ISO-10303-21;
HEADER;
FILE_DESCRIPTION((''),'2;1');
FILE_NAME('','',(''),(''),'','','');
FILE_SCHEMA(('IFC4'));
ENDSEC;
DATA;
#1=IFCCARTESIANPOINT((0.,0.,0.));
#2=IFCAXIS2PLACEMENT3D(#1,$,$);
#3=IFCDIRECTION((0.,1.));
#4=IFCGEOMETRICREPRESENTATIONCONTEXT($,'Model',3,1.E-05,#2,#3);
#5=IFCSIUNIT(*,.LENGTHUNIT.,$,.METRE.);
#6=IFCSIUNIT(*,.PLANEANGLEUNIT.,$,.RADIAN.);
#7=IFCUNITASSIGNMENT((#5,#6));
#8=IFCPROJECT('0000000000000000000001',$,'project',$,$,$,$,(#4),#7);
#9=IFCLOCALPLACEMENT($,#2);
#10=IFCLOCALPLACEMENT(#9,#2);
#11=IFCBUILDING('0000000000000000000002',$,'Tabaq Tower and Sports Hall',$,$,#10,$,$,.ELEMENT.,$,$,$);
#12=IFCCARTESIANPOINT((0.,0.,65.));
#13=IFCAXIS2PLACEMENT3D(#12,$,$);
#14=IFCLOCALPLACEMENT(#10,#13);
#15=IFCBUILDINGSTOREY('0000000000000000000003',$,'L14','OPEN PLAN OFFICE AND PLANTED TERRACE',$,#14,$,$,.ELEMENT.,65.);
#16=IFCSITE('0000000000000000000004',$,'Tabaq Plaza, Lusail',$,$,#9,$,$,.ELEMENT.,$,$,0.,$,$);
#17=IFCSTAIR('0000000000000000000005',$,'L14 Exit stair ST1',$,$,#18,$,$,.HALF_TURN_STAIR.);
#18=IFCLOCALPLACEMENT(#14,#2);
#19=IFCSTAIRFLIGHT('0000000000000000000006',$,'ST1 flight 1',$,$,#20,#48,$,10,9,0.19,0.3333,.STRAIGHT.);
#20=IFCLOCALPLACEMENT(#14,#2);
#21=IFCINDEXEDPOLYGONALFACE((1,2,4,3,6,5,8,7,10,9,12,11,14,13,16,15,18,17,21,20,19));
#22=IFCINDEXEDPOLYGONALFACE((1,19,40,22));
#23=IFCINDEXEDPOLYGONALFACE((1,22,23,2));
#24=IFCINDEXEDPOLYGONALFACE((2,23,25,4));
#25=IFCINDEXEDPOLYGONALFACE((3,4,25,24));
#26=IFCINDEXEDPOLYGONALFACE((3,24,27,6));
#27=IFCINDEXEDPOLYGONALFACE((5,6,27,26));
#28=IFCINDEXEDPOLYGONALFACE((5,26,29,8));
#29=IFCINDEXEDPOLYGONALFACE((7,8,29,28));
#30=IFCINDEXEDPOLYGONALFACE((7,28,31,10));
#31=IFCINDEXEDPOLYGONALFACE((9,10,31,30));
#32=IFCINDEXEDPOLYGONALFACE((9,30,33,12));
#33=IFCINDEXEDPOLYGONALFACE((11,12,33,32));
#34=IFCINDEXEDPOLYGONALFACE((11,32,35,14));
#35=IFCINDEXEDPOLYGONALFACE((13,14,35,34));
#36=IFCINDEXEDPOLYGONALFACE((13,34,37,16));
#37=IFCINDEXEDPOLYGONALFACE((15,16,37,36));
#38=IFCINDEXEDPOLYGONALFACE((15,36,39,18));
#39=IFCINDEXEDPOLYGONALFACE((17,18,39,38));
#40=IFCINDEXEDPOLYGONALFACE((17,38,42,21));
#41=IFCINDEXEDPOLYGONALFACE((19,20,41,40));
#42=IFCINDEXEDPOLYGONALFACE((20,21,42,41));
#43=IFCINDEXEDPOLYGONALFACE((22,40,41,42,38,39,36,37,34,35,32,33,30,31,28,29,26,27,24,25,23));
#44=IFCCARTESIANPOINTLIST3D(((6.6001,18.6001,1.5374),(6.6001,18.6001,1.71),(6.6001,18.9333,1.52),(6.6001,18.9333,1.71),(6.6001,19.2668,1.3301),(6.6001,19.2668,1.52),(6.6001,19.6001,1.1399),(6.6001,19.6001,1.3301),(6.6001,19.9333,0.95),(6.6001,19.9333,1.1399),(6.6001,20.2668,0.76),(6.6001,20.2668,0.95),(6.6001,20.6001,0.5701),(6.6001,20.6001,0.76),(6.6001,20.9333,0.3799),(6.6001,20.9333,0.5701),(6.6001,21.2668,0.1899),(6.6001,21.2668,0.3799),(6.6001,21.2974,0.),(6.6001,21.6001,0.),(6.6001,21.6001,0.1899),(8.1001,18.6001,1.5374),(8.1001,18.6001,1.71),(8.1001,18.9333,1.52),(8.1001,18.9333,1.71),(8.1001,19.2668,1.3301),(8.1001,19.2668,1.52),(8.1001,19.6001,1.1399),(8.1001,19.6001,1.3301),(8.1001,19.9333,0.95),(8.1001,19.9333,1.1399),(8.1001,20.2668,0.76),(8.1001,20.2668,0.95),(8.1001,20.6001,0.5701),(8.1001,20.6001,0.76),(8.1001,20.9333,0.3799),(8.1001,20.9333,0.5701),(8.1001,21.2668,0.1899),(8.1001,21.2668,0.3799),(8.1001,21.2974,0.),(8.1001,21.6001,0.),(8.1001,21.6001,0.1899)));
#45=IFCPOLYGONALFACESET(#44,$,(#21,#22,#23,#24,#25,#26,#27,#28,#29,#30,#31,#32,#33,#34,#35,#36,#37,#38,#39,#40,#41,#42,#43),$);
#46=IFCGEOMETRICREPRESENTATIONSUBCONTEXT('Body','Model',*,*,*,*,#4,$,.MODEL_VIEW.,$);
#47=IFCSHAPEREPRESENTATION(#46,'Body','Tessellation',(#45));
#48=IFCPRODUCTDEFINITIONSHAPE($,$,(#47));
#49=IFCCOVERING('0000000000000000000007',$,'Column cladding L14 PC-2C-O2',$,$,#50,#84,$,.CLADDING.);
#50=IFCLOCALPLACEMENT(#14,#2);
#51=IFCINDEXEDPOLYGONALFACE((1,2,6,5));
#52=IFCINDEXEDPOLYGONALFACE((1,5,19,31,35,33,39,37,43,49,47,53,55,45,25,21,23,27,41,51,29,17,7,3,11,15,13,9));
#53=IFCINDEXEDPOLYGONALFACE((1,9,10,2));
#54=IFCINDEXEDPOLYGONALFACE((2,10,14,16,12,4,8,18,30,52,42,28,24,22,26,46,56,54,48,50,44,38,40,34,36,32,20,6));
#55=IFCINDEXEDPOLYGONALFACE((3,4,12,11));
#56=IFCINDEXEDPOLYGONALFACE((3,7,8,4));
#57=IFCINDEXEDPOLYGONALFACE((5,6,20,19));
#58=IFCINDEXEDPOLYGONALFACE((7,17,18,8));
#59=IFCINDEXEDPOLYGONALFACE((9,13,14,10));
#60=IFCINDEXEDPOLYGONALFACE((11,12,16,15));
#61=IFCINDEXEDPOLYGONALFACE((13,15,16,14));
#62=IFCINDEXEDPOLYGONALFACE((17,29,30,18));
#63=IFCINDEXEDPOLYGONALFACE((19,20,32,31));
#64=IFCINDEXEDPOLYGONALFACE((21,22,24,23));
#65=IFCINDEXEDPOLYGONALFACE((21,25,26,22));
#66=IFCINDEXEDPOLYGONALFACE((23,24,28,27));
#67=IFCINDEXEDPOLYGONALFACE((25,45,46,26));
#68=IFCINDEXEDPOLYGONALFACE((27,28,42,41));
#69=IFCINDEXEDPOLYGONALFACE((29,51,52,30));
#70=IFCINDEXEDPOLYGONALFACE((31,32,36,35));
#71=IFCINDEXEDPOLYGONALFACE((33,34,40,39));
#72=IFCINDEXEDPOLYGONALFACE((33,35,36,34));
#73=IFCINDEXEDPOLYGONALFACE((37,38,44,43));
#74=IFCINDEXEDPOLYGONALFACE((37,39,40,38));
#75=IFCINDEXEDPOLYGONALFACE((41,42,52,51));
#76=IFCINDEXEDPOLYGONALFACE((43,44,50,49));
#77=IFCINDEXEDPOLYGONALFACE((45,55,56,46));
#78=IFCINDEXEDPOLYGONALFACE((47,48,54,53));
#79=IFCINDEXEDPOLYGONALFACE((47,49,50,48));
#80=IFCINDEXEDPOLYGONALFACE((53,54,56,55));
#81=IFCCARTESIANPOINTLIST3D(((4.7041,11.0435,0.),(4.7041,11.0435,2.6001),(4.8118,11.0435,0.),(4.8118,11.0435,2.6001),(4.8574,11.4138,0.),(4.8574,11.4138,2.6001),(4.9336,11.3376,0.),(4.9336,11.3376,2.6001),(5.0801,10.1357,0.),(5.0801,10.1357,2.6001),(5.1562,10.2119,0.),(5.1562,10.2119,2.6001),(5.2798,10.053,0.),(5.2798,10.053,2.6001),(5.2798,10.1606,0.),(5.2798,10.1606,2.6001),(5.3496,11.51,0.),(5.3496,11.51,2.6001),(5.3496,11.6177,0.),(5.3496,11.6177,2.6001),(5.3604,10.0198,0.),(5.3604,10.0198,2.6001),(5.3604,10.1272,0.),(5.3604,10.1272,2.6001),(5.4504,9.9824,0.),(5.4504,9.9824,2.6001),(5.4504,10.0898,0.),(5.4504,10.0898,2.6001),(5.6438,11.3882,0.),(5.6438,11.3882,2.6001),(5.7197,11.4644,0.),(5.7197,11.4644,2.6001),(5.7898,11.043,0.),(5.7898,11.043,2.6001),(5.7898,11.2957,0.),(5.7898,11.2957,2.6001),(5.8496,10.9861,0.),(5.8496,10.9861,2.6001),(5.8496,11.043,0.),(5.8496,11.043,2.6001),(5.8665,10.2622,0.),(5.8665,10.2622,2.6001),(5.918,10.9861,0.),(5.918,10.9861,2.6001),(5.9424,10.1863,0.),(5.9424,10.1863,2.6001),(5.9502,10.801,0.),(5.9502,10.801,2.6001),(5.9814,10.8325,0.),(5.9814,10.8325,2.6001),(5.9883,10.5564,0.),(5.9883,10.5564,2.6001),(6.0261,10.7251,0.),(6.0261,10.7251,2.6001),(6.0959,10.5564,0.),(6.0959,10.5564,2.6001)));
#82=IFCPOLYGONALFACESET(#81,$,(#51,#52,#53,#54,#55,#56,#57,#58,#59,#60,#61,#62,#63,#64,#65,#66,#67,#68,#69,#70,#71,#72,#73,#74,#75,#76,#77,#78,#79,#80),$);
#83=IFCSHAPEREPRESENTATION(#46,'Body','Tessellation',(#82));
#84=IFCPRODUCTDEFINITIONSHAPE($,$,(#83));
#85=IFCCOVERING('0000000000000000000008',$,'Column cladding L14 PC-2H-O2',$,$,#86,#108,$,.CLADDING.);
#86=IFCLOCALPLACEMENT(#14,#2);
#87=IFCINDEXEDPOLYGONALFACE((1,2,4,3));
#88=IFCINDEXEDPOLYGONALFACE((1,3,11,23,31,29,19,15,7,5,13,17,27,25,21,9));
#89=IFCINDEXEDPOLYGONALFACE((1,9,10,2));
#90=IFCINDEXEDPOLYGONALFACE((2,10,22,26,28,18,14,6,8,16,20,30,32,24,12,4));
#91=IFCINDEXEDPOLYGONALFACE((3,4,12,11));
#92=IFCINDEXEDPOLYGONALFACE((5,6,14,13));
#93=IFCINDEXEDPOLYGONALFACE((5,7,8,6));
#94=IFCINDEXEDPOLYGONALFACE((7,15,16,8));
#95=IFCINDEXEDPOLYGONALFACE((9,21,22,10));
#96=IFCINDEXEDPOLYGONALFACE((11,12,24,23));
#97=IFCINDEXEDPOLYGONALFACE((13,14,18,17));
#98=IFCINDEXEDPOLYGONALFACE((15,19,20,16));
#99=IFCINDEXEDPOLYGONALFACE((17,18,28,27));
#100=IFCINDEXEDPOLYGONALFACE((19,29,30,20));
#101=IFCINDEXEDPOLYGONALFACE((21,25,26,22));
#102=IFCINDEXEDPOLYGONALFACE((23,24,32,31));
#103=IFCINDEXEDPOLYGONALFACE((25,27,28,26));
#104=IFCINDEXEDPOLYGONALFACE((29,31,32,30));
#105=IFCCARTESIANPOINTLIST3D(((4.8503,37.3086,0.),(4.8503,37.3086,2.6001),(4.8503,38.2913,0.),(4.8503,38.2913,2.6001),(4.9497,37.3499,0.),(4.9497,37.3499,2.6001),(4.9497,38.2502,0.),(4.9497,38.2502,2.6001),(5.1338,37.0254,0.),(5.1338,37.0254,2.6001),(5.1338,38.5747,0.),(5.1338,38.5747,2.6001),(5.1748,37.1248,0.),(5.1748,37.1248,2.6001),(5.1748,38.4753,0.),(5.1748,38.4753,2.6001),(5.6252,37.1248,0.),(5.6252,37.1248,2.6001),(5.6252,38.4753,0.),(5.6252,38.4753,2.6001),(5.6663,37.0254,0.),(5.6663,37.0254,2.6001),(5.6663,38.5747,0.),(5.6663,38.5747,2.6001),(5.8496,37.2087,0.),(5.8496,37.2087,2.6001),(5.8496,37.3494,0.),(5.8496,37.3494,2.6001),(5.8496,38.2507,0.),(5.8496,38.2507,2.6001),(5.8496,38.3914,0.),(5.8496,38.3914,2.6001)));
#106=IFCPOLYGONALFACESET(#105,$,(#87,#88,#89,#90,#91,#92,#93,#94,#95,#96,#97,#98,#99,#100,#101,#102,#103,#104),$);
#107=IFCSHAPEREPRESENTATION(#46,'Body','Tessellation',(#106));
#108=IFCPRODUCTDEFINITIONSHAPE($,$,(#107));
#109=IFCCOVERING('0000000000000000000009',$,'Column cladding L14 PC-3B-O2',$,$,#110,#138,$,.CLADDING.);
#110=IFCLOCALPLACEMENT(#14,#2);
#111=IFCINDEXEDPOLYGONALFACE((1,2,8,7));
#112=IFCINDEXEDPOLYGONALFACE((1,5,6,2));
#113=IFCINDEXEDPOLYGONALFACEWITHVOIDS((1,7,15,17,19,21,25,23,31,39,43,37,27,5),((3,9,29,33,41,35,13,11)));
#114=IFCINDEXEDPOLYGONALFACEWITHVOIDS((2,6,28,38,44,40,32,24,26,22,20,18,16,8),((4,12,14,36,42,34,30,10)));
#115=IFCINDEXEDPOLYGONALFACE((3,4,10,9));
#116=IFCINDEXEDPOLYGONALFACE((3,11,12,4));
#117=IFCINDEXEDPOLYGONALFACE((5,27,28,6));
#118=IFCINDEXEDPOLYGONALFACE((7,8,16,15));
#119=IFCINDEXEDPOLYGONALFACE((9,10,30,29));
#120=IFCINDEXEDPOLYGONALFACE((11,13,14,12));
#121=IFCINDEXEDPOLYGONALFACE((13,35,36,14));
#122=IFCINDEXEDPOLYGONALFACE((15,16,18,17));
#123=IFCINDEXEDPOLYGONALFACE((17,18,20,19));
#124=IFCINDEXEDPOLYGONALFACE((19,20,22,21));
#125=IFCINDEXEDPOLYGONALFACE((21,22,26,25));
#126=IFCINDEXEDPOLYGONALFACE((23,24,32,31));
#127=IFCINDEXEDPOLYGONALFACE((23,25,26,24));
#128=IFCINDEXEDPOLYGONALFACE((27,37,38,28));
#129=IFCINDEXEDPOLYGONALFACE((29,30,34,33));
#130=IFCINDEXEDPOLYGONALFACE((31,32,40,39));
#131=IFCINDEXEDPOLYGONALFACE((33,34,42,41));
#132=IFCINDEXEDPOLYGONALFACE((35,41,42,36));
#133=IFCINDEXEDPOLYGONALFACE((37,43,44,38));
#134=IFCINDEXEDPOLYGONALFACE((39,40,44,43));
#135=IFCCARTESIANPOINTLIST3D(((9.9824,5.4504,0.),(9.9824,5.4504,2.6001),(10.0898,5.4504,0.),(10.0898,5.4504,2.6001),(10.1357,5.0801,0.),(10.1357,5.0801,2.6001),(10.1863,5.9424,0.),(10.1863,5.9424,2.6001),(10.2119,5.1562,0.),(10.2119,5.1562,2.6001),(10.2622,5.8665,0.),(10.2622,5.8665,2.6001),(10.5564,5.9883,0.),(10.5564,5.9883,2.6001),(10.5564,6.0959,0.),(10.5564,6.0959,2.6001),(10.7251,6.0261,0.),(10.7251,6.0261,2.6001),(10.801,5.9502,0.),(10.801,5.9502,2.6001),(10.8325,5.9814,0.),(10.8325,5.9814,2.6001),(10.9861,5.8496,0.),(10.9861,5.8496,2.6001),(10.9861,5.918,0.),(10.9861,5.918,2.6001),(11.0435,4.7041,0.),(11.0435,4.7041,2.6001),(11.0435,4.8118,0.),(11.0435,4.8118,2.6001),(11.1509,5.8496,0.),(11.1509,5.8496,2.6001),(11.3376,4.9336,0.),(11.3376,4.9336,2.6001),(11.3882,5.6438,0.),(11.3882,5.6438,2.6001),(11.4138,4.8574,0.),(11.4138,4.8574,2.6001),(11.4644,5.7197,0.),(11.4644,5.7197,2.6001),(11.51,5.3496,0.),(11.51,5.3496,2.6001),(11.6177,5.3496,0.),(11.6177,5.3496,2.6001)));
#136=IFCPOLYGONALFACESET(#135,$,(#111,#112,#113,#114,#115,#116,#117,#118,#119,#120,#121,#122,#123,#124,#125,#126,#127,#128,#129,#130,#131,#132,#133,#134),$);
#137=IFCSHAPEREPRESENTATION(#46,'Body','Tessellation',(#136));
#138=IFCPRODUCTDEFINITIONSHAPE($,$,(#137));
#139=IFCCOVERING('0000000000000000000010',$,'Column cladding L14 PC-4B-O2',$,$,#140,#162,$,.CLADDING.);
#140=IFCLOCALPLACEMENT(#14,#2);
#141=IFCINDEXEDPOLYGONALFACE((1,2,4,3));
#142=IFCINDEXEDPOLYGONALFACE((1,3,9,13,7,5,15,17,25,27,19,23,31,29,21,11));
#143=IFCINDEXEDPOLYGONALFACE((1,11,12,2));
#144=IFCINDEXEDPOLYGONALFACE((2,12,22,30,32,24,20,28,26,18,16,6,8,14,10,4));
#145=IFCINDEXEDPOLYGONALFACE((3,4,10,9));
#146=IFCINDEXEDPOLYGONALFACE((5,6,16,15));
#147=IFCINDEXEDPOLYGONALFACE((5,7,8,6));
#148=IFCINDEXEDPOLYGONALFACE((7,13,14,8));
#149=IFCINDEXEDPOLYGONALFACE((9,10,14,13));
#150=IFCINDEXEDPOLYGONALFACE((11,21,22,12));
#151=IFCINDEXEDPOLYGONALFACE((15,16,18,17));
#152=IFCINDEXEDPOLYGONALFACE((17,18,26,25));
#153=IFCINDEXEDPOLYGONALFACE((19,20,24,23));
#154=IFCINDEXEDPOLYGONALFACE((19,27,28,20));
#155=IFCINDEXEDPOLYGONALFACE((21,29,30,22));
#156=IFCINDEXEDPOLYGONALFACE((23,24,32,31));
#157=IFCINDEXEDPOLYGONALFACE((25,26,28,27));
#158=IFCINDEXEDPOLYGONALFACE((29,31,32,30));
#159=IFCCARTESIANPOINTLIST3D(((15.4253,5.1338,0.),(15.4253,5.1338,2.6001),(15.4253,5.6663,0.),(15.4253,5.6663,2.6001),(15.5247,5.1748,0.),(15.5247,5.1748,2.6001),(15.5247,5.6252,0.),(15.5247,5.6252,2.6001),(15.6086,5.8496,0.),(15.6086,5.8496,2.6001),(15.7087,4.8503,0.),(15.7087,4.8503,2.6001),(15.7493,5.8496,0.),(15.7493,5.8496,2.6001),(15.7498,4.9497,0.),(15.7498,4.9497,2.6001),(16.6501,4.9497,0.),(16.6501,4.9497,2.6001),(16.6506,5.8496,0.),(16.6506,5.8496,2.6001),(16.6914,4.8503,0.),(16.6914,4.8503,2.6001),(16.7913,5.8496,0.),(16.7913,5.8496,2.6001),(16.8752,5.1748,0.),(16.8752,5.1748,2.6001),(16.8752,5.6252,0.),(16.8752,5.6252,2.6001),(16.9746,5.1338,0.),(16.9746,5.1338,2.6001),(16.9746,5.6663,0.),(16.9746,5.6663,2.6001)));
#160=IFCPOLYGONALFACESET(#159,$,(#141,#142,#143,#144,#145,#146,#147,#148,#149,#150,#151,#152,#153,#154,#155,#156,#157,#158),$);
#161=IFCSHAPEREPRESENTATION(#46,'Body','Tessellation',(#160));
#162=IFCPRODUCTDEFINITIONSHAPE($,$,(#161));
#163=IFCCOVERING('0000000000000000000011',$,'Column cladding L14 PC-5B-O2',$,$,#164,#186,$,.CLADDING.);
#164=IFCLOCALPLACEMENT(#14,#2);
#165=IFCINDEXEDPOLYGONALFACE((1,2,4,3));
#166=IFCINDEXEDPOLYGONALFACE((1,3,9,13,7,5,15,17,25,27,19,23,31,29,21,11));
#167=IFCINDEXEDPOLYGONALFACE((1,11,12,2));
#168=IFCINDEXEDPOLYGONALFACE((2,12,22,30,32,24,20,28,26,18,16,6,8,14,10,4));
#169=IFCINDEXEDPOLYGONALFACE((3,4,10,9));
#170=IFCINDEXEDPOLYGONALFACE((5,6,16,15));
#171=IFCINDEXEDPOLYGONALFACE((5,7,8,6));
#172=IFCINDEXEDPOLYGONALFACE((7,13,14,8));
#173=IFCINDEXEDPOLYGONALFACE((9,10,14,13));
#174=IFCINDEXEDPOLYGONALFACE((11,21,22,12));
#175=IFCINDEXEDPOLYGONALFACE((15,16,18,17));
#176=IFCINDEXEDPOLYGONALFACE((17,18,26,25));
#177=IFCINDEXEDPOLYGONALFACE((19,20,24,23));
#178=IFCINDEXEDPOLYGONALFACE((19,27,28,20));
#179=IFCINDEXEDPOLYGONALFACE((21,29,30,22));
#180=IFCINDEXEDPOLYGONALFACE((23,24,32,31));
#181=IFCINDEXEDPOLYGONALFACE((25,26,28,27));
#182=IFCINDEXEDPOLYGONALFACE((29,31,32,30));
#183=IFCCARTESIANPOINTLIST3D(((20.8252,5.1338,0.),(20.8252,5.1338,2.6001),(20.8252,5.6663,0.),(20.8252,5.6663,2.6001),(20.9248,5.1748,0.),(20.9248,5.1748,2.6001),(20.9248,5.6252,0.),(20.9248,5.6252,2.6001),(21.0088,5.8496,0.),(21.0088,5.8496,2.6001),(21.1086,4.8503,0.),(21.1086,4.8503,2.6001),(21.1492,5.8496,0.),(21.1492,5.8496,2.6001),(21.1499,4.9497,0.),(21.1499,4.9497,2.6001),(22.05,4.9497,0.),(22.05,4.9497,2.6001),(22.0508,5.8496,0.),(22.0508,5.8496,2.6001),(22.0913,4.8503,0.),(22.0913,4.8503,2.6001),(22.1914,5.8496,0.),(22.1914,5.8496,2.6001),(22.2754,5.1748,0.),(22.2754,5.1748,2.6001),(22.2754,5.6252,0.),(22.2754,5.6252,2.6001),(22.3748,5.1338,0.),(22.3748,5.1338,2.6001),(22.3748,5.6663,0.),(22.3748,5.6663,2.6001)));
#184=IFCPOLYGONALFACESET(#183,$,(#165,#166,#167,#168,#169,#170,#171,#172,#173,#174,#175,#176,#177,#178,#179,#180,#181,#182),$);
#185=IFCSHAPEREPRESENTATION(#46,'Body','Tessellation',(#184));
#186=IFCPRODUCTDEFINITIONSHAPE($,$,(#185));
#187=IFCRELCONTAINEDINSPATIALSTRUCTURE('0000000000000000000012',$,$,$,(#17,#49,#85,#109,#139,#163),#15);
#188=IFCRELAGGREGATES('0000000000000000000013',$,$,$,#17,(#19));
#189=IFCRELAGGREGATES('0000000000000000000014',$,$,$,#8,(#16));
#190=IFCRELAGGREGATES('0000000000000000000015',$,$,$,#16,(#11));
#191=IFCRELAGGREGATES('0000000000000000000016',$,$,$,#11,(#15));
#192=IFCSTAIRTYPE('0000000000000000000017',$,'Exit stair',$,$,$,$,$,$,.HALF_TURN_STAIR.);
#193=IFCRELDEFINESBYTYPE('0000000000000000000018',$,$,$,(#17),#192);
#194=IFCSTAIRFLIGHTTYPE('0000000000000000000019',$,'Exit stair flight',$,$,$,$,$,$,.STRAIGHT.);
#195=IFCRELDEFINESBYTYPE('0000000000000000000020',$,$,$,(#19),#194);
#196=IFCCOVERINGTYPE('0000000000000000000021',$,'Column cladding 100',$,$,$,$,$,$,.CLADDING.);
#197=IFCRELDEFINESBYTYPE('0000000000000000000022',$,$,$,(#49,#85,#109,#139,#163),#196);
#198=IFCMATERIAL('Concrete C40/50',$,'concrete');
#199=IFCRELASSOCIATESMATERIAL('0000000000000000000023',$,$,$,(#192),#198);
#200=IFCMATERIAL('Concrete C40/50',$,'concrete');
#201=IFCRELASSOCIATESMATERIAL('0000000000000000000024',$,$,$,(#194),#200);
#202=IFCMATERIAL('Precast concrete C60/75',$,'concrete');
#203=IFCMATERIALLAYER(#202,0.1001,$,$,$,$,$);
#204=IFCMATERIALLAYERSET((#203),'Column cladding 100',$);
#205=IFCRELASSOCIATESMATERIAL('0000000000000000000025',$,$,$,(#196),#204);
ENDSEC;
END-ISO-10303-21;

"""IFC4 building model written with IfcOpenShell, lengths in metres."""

from ifc_helpers import new_model, si_unit, direction, frame, origin, place, context, subcontext, project, spatial, polyline, outline, extrude, material, layer, layer_set, type_object, element, aggregate, save


model = new_model("IFC4")

# Units and contexts
model_context = context("Model", 3, precision=1e-05, world=origin(), true_north=direction((0.0, 1.0)))
body_context = subcontext(model_context, "Body", "Model", "MODEL_VIEW")
ifc_project = project(units=[si_unit("LENGTHUNIT", "METRE"), si_unit("PLANEANGLEUNIT", "RADIAN")], contexts=[model_context])

# Site, building, storey
site_placement = place(None, origin())
site = spatial("IfcSite", under=ifc_project, at=site_placement, Name="Tabaq Plaza, Lusail", CompositionType="ELEMENT", RefElevation=0.0)
building_placement = place(site_placement, origin())
building = spatial("IfcBuilding", under=site, at=building_placement, Name="Tabaq Tower and Sports Hall", CompositionType="ELEMENT")
storey_placement = place(building_placement, frame((0.0, 0.0, 65.0)))
storey = spatial("IfcBuildingStorey", under=building, at=storey_placement, Name="L14", Description="OPEN PLAN OFFICE AND PLANTED TERRACE", CompositionType="ELEMENT", Elevation=65.0)

# Stair, stair flight
ifc_material_1 = material(Name="Concrete C40/50", Category="concrete")
stair_type = type_object("IfcStairType", Name="Exit stair", PredefinedType="HALF_TURN_STAIR", material=ifc_material_1)
stair_placement = place(storey_placement, origin())
stair = element("IfcStair", 1, at=stair_placement, inside=storey, type_object=stair_type, Name="L14 Exit stair ST1", PredefinedType="HALF_TURN_STAIR")
ifc_material_2 = material(Name="Concrete C40/50", Category="concrete")
stair_flight_type = type_object("IfcStairFlightType", Name="Exit stair flight", PredefinedType="STRAIGHT", material=ifc_material_2)
stair_flight_placement = place(storey_placement, frame((7.3501, 21.6001, 0.0), z_axis=(0.0, 0.0, 1.0), x_axis=(0.0, -1.0, 0.0)))
stair_flight = element("IfcStairFlight", 2, at=stair_flight_placement, type_object=stair_flight_type, Name="ST1 flight 1", NumberOfRisers=10, NumberOfTreads=9, PredefinedType="STRAIGHT", RiserHeight=0.19, TreadLength=0.3333, context=body_context, shape_type="SweptSolid", body=[
    extrude(outline(polyline([(0.0, 0.0), (0.0, 0.1899), (0.3333, 0.1899), (0.3333, 0.3799), (0.6667, 0.3799), (0.6667, 0.5701), (1.0, 0.5701), (1.0, 0.76), (1.3333, 0.76), (1.3333, 0.95), (1.6667, 0.95), (1.6667, 1.1399), (2.0, 1.1399), (2.0, 1.3301), (2.3333, 1.3301), (2.3333, 1.52), (2.6667, 1.52), (2.6667, 1.71), (3.0, 1.71), (3.0, 1.8999), (3.0, 1.5374), (0.3027, 0.0), (0.0, 0.0)])), frame((0.0, 0.75, 0.0), z_axis=(0.0, -1.0, 0.0), x_axis=(1.0, 0.0, 0.0)), (0.0, 0.0, 1.0), 1.5),
])
aggregate(stair, [stair_flight])

# Coverings
ifc_material_3 = material(Name="Precast concrete C60/75", Category="concrete")
ifc_layer_1 = layer(ifc_material_3, 0.1001)
ifc_layer_set_1 = layer_set([ifc_layer_1], Name="Column cladding 100")
covering_type_1 = type_object("IfcCoveringType", Name="Column cladding 100", PredefinedType="CLADDING", material=ifc_layer_set_1)
covering_1_placement = place(storey_placement, origin())
element("IfcCovering", 3, at=covering_1_placement, inside=storey, type_object=covering_type_1, Name="Column cladding L14 PC-2C-O2", PredefinedType="CLADDING", context=body_context, shape_type="SweptSolid", body=[
    extrude(outline(polyline([(5.4504, 9.9824), (5.3604, 10.0198), (5.3604, 10.1272), (5.4504, 10.0898), (5.8665, 10.2622), (5.9883, 10.5564), (5.6438, 11.3882), (5.3496, 11.51), (4.9336, 11.3376), (4.8118, 11.0435), (5.1562, 10.2119), (5.2798, 10.1606), (5.2798, 10.053), (5.0801, 10.1357), (4.7041, 11.0435), (4.8574, 11.4138), (5.3496, 11.6177), (5.7197, 11.4644), (5.7898, 11.2957), (5.7898, 11.043), (5.8496, 11.043), (5.8496, 10.9861), (5.918, 10.9861), (5.9814, 10.8325), (5.9502, 10.801), (6.0261, 10.7251), (6.0959, 10.5564), (5.9424, 10.1863), (5.4504, 9.9824)])), origin(), (0.0, 0.0, 1.0), 2.6001),
])
covering_2_placement = place(storey_placement, origin())
element("IfcCovering", 4, at=covering_2_placement, inside=storey, type_object=covering_type_1, Name="Column cladding L14 PC-2H-O2", PredefinedType="CLADDING", context=body_context, shape_type="SweptSolid", body=[
    extrude(outline(polyline([(5.1338, 37.0254), (4.8503, 37.3086), (4.8503, 38.2913), (5.1338, 38.5747), (5.6663, 38.5747), (5.8496, 38.3914), (5.8496, 38.2507), (5.6252, 38.4753), (5.1748, 38.4753), (4.9497, 38.2502), (4.9497, 37.3499), (5.1748, 37.1248), (5.6252, 37.1248), (5.8496, 37.3494), (5.8496, 37.2087), (5.6663, 37.0254), (5.1338, 37.0254)])), origin(), (0.0, 0.0, 1.0), 2.6001),
])
covering_3_placement = place(storey_placement, origin())
element("IfcCovering", 5, at=covering_3_placement, inside=storey, type_object=covering_type_1, Name="Column cladding L14 PC-3B-O2", PredefinedType="CLADDING", context=body_context, shape_type="SweptSolid", body=[
    extrude(outline(polyline([(11.4138, 4.8574), (11.0435, 4.7041), (10.1357, 5.0801), (9.9824, 5.4504), (10.1863, 5.9424), (10.5564, 6.0959), (10.7251, 6.0261), (10.801, 5.9502), (10.8325, 5.9814), (10.9861, 5.918), (10.9861, 5.8496), (11.1509, 5.8496), (11.4644, 5.7197), (11.6177, 5.3496), (11.4138, 4.8574)]), holes=[polyline([(10.2622, 5.8665), (10.0898, 5.4504), (10.2119, 5.1562), (11.0435, 4.8118), (11.3376, 4.9336), (11.51, 5.3496), (11.3882, 5.6438), (10.5564, 5.9883), (10.2622, 5.8665)])]), origin(), (0.0, 0.0, 1.0), 2.6001),
])
covering_4_placement = place(storey_placement, origin())
element("IfcCovering", 6, at=covering_4_placement, inside=storey, type_object=covering_type_1, Name="Column cladding L14 PC-4B-O2", PredefinedType="CLADDING", context=body_context, shape_type="SweptSolid", body=[
    extrude(outline(polyline([(15.4253, 5.6663), (15.6086, 5.8496), (15.7493, 5.8496), (15.5247, 5.6252), (15.5247, 5.1748), (15.7498, 4.9497), (16.6501, 4.9497), (16.8752, 5.1748), (16.8752, 5.6252), (16.6506, 5.8496), (16.7913, 5.8496), (16.9746, 5.6663), (16.9746, 5.1338), (16.6914, 4.8503), (15.7087, 4.8503), (15.4253, 5.1338), (15.4253, 5.6663)])), origin(), (0.0, 0.0, 1.0), 2.6001),
])
covering_5_placement = place(storey_placement, origin())
element("IfcCovering", 7, at=covering_5_placement, inside=storey, type_object=covering_type_1, Name="Column cladding L14 PC-5B-O2", PredefinedType="CLADDING", context=body_context, shape_type="SweptSolid", body=[
    extrude(outline(polyline([(20.8252, 5.6663), (21.0088, 5.8496), (21.1492, 5.8496), (20.9248, 5.6252), (20.9248, 5.1748), (21.1499, 4.9497), (22.05, 4.9497), (22.2754, 5.1748), (22.2754, 5.6252), (22.0508, 5.8496), (22.1914, 5.8496), (22.3748, 5.6663), (22.3748, 5.1338), (22.0913, 4.8503), (21.1086, 4.8503), (20.8252, 5.1338), (20.8252, 5.6663)])), origin(), (0.0, 0.0, 1.0), 2.6001),
])

save(model, "model.ifc")
